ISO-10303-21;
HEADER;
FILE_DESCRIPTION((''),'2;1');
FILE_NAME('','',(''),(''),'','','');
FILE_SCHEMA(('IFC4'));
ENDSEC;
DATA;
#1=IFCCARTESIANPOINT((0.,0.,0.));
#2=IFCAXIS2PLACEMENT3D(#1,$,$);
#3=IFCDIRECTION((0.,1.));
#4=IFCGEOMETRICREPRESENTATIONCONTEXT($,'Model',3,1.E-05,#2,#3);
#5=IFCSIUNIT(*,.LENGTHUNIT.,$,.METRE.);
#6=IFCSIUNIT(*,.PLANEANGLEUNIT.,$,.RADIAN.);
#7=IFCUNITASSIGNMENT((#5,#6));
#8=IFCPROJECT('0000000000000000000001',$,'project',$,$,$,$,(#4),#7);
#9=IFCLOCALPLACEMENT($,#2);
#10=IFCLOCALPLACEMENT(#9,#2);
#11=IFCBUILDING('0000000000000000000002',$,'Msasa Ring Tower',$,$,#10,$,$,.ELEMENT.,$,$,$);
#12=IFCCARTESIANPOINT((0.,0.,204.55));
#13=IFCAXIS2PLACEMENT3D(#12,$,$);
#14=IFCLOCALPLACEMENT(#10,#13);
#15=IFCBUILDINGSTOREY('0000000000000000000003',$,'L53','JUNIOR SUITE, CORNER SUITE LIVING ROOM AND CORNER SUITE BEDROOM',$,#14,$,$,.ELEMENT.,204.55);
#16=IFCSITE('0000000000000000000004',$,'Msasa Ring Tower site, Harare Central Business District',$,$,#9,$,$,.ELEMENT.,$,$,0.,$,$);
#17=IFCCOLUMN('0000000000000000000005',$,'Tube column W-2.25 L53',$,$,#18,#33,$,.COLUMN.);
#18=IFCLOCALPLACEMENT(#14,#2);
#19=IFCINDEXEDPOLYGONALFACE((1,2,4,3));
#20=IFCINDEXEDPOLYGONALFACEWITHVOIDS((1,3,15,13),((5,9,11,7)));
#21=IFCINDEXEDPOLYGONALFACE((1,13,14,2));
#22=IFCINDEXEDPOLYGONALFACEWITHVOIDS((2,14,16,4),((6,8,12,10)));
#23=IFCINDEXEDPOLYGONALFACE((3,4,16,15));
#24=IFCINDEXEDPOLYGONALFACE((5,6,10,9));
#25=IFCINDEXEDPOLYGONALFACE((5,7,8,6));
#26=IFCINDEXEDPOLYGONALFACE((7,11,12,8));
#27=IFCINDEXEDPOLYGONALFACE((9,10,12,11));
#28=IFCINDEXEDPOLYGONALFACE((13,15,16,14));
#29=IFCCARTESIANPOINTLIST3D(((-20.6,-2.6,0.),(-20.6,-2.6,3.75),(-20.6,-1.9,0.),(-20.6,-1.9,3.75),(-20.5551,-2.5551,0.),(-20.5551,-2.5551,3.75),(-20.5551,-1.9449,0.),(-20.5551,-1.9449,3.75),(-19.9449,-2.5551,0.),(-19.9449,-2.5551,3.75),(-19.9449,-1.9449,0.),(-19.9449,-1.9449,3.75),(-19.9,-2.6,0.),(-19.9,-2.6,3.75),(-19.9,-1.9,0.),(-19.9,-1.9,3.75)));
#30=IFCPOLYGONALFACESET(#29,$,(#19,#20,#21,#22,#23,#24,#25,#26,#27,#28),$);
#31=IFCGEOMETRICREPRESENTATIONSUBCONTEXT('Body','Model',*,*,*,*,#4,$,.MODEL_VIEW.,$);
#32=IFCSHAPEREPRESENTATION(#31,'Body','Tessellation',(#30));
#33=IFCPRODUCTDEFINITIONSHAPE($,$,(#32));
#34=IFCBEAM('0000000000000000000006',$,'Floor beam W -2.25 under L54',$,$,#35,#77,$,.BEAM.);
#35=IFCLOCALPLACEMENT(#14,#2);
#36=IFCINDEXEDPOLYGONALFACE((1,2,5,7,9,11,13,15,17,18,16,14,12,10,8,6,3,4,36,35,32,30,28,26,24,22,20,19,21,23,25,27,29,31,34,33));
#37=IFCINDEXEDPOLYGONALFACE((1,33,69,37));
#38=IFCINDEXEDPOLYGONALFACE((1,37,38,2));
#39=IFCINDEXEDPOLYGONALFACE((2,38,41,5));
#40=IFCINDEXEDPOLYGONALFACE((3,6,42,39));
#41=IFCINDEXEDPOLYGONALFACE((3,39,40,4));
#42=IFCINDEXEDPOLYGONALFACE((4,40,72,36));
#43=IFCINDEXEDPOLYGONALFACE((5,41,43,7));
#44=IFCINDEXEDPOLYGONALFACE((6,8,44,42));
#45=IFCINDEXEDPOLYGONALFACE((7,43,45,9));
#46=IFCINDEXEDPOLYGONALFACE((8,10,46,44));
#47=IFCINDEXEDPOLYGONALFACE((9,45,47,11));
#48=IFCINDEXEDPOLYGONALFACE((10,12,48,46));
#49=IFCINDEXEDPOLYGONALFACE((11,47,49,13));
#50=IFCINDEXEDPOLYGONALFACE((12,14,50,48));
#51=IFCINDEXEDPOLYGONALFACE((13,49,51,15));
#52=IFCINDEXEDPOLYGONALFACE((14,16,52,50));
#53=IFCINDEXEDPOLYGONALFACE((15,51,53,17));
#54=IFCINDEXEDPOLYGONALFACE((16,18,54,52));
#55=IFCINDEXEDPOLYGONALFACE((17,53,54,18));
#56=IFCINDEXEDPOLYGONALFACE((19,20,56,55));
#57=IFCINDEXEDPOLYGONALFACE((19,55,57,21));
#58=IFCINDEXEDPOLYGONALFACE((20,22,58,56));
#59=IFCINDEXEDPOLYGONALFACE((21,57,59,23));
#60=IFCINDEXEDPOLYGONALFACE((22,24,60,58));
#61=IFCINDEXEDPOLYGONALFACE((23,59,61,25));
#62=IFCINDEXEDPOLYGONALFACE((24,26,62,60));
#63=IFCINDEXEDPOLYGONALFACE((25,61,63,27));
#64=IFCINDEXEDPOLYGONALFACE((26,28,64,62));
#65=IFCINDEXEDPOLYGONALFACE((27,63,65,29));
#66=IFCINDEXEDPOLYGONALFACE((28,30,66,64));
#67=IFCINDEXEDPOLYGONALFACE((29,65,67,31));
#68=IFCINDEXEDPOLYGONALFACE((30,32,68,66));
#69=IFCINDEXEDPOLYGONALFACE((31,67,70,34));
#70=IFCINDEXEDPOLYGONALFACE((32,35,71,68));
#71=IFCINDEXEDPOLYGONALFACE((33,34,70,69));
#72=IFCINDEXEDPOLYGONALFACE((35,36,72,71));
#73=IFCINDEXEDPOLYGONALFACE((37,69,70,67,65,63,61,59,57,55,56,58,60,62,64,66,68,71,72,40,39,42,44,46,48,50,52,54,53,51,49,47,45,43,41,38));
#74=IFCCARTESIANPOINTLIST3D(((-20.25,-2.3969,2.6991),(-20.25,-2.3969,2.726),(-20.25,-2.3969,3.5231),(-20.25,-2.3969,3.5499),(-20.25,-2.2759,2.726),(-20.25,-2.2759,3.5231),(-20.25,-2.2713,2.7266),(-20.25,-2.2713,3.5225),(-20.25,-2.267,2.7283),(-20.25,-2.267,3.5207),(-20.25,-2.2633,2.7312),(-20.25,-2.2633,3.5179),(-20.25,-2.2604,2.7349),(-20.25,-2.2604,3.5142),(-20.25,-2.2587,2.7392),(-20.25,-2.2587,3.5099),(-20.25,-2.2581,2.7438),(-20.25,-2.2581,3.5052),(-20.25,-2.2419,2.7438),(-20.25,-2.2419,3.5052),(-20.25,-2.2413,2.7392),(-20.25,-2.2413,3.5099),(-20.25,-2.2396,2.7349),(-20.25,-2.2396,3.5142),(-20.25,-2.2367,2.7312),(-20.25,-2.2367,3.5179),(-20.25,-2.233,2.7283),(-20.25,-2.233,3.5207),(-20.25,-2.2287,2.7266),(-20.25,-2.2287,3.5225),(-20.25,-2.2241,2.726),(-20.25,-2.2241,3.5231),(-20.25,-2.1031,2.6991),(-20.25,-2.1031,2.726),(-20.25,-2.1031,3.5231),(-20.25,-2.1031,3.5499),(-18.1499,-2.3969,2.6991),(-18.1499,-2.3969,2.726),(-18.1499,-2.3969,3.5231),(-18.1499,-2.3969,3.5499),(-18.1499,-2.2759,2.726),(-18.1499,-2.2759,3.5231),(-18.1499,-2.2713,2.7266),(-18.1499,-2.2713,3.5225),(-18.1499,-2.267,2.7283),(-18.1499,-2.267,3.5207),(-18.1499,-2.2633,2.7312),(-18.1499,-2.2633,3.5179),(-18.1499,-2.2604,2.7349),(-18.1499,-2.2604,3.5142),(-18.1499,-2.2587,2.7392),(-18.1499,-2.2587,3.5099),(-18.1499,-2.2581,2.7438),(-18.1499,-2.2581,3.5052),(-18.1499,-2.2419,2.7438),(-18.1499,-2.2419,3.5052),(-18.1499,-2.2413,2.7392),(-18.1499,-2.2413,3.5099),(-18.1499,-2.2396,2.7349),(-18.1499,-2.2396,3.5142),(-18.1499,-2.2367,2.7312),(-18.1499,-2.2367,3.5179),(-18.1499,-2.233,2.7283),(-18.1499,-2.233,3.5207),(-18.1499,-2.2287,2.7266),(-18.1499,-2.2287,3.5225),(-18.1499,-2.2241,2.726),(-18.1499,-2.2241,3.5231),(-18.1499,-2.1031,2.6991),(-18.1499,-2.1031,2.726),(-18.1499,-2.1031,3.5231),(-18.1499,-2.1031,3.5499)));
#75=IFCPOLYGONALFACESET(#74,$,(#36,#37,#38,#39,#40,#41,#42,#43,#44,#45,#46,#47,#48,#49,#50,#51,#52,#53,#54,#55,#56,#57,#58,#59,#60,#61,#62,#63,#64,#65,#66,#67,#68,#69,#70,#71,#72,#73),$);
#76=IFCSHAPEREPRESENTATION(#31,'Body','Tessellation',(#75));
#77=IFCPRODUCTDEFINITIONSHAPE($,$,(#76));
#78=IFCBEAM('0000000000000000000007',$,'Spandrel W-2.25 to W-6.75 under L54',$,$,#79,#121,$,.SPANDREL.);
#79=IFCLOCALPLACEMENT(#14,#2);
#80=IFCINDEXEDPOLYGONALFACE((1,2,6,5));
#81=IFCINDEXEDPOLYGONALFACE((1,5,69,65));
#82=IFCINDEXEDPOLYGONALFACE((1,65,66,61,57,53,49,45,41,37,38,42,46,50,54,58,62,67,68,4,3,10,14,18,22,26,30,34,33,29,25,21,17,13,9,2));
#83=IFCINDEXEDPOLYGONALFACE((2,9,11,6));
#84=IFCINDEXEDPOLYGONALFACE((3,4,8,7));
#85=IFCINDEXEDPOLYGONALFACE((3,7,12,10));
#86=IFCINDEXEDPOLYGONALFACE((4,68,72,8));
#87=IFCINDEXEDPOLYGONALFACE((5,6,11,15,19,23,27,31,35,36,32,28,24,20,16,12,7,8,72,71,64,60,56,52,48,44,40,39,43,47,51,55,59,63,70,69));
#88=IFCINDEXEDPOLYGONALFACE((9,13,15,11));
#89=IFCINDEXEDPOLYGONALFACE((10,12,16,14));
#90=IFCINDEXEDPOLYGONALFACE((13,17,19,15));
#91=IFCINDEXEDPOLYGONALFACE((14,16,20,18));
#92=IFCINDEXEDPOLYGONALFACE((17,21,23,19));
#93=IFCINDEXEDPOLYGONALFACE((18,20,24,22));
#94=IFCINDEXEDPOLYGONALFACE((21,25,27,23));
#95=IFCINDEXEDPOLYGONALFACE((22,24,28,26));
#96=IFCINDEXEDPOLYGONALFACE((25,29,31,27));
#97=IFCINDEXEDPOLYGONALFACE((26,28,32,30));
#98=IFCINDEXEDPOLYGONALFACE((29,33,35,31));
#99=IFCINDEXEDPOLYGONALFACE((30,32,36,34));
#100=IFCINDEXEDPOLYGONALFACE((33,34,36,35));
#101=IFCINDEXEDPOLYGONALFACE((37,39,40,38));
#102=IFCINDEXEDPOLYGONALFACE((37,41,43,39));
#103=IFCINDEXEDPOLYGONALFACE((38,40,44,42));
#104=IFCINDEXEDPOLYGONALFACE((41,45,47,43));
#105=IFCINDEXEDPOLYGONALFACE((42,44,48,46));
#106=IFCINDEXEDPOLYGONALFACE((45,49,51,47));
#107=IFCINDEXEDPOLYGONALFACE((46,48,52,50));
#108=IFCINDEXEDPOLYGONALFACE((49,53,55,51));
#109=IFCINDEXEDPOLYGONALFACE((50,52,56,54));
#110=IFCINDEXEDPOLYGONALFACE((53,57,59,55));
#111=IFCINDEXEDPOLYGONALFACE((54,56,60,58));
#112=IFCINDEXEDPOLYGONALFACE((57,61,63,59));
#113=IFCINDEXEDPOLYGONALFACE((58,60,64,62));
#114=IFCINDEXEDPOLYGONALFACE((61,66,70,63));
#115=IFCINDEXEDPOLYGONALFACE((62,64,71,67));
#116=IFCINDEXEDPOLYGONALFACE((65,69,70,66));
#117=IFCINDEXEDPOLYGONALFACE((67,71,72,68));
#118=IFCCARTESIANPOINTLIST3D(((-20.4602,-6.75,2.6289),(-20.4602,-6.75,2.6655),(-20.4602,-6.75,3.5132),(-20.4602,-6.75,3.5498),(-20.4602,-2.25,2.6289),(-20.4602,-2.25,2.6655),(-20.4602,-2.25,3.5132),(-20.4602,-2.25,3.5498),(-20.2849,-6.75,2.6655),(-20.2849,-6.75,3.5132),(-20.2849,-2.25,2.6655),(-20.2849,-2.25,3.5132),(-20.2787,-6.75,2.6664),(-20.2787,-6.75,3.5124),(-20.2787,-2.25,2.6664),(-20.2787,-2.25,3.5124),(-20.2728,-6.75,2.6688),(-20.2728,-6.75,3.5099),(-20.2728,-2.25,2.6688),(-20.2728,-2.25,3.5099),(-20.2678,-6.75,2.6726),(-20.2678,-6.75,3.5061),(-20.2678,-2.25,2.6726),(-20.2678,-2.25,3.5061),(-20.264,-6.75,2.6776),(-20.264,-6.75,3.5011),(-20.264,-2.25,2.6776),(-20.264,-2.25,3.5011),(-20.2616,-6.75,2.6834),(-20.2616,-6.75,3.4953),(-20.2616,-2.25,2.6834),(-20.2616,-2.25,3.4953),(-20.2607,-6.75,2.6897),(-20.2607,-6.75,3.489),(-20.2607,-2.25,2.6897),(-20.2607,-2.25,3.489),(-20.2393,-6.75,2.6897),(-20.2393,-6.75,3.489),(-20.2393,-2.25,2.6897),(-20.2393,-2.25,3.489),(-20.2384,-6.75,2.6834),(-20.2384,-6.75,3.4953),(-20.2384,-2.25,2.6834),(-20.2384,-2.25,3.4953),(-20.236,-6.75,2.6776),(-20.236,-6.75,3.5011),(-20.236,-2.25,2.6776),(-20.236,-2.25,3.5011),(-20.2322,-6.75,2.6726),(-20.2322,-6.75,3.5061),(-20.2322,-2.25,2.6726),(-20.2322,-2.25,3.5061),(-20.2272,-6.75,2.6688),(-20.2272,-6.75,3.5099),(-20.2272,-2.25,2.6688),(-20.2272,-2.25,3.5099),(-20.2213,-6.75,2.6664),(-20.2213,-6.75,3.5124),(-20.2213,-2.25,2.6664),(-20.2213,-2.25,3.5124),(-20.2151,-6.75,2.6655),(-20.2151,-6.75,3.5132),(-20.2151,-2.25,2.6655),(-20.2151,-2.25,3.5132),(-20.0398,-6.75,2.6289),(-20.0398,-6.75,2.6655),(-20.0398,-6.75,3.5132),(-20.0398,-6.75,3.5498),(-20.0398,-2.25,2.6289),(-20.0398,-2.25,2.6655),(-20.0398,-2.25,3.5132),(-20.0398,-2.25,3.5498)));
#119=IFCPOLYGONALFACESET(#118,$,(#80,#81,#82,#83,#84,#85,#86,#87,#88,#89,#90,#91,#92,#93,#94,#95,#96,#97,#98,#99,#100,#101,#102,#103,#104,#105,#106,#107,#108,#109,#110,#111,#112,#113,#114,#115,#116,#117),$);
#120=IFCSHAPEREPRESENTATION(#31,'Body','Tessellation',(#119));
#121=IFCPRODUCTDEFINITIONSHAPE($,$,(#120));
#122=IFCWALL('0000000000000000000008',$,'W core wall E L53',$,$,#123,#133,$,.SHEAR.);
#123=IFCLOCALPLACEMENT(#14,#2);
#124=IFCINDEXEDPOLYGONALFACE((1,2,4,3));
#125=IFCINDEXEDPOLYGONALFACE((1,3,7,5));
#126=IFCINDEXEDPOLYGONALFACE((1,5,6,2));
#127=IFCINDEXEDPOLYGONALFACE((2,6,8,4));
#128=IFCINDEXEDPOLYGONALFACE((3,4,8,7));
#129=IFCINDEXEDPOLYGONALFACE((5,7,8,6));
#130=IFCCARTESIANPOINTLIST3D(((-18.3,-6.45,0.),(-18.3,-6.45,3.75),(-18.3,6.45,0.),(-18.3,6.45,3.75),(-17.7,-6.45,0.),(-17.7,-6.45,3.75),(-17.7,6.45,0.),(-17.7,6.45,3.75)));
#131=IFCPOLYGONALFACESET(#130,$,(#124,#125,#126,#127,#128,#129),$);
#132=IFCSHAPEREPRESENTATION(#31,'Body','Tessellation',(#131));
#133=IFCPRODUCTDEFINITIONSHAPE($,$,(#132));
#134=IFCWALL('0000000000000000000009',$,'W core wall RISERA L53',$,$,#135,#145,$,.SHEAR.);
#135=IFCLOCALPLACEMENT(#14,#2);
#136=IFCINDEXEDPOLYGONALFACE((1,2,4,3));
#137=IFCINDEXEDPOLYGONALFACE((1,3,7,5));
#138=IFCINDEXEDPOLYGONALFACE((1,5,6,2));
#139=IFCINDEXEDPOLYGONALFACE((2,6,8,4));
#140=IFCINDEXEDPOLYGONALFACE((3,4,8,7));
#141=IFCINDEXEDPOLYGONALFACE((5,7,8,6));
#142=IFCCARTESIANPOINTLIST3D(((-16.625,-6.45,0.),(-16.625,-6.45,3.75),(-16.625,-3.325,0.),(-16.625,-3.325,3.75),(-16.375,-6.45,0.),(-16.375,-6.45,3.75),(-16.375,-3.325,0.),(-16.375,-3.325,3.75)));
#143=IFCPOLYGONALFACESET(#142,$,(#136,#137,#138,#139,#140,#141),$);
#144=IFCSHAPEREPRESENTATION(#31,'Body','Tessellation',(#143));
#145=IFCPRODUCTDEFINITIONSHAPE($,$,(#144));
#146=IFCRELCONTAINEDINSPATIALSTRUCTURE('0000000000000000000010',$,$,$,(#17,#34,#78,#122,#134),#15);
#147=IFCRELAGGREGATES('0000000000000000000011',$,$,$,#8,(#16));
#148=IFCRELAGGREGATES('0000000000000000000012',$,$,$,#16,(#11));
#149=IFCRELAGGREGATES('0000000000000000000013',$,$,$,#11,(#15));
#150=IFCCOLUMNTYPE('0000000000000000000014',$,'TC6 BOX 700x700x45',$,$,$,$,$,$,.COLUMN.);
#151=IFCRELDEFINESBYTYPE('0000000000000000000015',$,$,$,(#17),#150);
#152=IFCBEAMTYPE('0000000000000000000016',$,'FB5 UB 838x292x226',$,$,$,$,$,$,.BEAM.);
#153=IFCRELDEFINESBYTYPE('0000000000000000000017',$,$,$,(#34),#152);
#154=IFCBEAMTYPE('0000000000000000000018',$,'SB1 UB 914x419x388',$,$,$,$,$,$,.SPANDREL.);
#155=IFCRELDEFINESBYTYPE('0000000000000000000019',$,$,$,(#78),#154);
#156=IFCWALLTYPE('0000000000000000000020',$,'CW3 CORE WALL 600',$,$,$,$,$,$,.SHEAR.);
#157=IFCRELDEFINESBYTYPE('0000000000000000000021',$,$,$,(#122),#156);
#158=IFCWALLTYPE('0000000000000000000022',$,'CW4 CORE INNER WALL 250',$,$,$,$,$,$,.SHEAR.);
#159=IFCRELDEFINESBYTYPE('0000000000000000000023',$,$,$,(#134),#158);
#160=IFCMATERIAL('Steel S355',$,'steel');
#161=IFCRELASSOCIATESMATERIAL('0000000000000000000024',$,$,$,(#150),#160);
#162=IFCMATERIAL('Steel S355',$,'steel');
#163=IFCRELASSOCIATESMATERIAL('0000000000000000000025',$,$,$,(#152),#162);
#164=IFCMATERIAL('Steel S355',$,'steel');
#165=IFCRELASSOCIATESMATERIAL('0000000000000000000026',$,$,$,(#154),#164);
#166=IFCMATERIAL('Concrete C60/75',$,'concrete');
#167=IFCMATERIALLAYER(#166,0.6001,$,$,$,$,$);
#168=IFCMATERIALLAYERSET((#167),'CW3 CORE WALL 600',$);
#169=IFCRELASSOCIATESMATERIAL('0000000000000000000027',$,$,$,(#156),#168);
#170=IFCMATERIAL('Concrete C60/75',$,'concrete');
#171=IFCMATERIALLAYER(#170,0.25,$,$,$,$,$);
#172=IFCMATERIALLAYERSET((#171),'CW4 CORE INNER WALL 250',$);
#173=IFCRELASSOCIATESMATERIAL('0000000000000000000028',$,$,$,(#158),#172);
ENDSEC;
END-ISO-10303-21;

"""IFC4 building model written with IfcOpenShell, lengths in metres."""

from ifc_helpers import new_model, si_unit, direction, frame, frame_2d, origin, origin_2d, place, context, subcontext, project, spatial, rectangle, hollow_rectangle, i_section, extrude, material, layer, layer_set, material_profile, profile_set, type_object, element, save


model = new_model("IFC4")

# Units and contexts
model_context = context("Model", 3, precision=1e-05, world=origin(), true_north=direction((0.0, 1.0)))
body_context = subcontext(model_context, "Body", "Model", "MODEL_VIEW")
ifc_project = project(units=[si_unit("LENGTHUNIT", "METRE"), si_unit("PLANEANGLEUNIT", "RADIAN")], contexts=[model_context])

# Site, building, storey
site_placement = place(None, origin())
site = spatial("IfcSite", under=ifc_project, at=site_placement, Name="Msasa Ring Tower site, Harare Central Business District", CompositionType="ELEMENT", RefElevation=0.0)
building_placement = place(site_placement, origin())
building = spatial("IfcBuilding", under=site, at=building_placement, Name="Msasa Ring Tower", CompositionType="ELEMENT")
storey_placement = place(building_placement, frame((0.0, 0.0, 204.55)))
storey = spatial("IfcBuildingStorey", under=building, at=storey_placement, Name="L53", Description="JUNIOR SUITE, CORNER SUITE LIVING ROOM AND CORNER SUITE BEDROOM", CompositionType="ELEMENT", Elevation=204.55)

# Column
ifc_material_1 = material(Name="Steel S355", Category="steel")
ifc_material_profile_1 = material_profile(ifc_material_1, hollow_rectangle(XDim=0.7, YDim=0.7, WallThickness=0.0449, at=origin_2d()), Name="BOX 700x700x45")
ifc_profile_set_1 = profile_set([ifc_material_profile_1], Name="Steel S355")
column_type = type_object("IfcColumnType", Name="TC6 BOX 700x700x45", PredefinedType="COLUMN", material=ifc_profile_set_1)
column_placement = place(storey_placement, frame((-20.25, -2.25, 0.0), z_axis=(0.0, 0.0, 1.0), x_axis=(1.0, 0.0, 0.0)))
element("IfcColumn", 1, at=column_placement, inside=storey, type_object=column_type, Name="Tube column W-2.25 L53", PredefinedType="COLUMN", context=body_context, shape_type="SweptSolid", body=[
    extrude(hollow_rectangle(XDim=0.7, YDim=0.7, WallThickness=0.0449, at=origin_2d()), origin(), (0.0, 0.0, 1.0), 3.75),
])

# Beams
ifc_material_2 = material(Name="Steel S355", Category="steel")
ifc_material_profile_2 = material_profile(ifc_material_2, i_section(OverallWidth=0.2937, OverallDepth=0.8508, WebThickness=0.0161, FlangeThickness=0.0269, FilletRadius=0.0178, at=origin_2d()), Name="UB 838x292x226")
ifc_profile_set_2 = profile_set([ifc_material_profile_2], Name="Steel S355")
beam_type_1 = type_object("IfcBeamType", Name="FB5 UB 838x292x226", PredefinedType="BEAM", material=ifc_profile_set_2)
beam_1_placement = place(storey_placement, frame((-20.25, -2.25, 3.1245), z_axis=(1.0, 0.0, 0.0), x_axis=(0.0, 1.0, 0.0)))
element("IfcBeam", 2, at=beam_1_placement, inside=storey, type_object=beam_type_1, Name="Floor beam W -2.25 under L54", PredefinedType="BEAM", context=body_context, shape_type="SweptSolid", body=[
    extrude(i_section(OverallWidth=0.2937, OverallDepth=0.8508, WebThickness=0.0161, FlangeThickness=0.0269, FilletRadius=0.0178, at=origin_2d()), origin(), (0.0, 0.0, 1.0), 2.1001),
])
ifc_material_3 = material(Name="Steel S355", Category="steel")
ifc_material_profile_3 = material_profile(ifc_material_3, i_section(OverallWidth=0.4204, OverallDepth=0.9209, WebThickness=0.0215, FlangeThickness=0.0366, FilletRadius=0.0242, at=origin_2d()), Name="UB 914x419x388")
ifc_profile_set_3 = profile_set([ifc_material_profile_3], Name="Steel S355")
beam_type_2 = type_object("IfcBeamType", Name="SB1 UB 914x419x388", PredefinedType="SPANDREL", material=ifc_profile_set_3)
beam_2_placement = place(storey_placement, frame((-20.25, -2.25, 3.0894), z_axis=(0.0, -1.0, 0.0), x_axis=(1.0, 0.0, 0.0)))
element("IfcBeam", 3, at=beam_2_placement, inside=storey, type_object=beam_type_2, Name="Spandrel W-2.25 to W-6.75 under L54", PredefinedType="SPANDREL", context=body_context, shape_type="SweptSolid", body=[
    extrude(i_section(OverallWidth=0.4204, OverallDepth=0.9209, WebThickness=0.0215, FlangeThickness=0.0366, FilletRadius=0.0242, at=origin_2d()), origin(), (0.0, 0.0, 1.0), 4.5),
])

# Walls
ifc_material_4 = material(Name="Concrete C60/75", Category="concrete")
ifc_layer_1 = layer(ifc_material_4, 0.6001)
ifc_layer_set_1 = layer_set([ifc_layer_1], Name="CW3 CORE WALL 600")
wall_type_1 = type_object("IfcWallType", Name="CW3 CORE WALL 600", PredefinedType="SHEAR", material=ifc_layer_set_1)
wall_1_placement = place(storey_placement, frame((-18.0, -6.45, 0.0), z_axis=(0.0, 0.0, 1.0), x_axis=(0.0, 1.0, 0.0)))
element("IfcWall", 4, at=wall_1_placement, inside=storey, type_object=wall_type_1, Name="W core wall E L53", PredefinedType="SHEAR", context=body_context, shape_type="SweptSolid", body=[
    extrude(rectangle(XDim=12.8999, YDim=0.6001, at=frame_2d((6.45, 0.0))), origin(), (0.0, 0.0, 1.0), 3.75),
])
ifc_material_5 = material(Name="Concrete C60/75", Category="concrete")
ifc_layer_2 = layer(ifc_material_5, 0.25)
ifc_layer_set_2 = layer_set([ifc_layer_2], Name="CW4 CORE INNER WALL 250")
wall_type_2 = type_object("IfcWallType", Name="CW4 CORE INNER WALL 250", PredefinedType="SHEAR", material=ifc_layer_set_2)
wall_2_placement = place(storey_placement, frame((-16.5, -6.45, 0.0), z_axis=(0.0, 0.0, 1.0), x_axis=(0.0, 1.0, 0.0)))
element("IfcWall", 5, at=wall_2_placement, inside=storey, type_object=wall_type_2, Name="W core wall RISERA L53", PredefinedType="SHEAR", context=body_context, shape_type="SweptSolid", body=[
    extrude(rectangle(XDim=3.125, YDim=0.25, at=frame_2d((1.5625, 0.0))), origin(), (0.0, 0.0, 1.0), 3.75),
])

save(model, "model.ifc")
